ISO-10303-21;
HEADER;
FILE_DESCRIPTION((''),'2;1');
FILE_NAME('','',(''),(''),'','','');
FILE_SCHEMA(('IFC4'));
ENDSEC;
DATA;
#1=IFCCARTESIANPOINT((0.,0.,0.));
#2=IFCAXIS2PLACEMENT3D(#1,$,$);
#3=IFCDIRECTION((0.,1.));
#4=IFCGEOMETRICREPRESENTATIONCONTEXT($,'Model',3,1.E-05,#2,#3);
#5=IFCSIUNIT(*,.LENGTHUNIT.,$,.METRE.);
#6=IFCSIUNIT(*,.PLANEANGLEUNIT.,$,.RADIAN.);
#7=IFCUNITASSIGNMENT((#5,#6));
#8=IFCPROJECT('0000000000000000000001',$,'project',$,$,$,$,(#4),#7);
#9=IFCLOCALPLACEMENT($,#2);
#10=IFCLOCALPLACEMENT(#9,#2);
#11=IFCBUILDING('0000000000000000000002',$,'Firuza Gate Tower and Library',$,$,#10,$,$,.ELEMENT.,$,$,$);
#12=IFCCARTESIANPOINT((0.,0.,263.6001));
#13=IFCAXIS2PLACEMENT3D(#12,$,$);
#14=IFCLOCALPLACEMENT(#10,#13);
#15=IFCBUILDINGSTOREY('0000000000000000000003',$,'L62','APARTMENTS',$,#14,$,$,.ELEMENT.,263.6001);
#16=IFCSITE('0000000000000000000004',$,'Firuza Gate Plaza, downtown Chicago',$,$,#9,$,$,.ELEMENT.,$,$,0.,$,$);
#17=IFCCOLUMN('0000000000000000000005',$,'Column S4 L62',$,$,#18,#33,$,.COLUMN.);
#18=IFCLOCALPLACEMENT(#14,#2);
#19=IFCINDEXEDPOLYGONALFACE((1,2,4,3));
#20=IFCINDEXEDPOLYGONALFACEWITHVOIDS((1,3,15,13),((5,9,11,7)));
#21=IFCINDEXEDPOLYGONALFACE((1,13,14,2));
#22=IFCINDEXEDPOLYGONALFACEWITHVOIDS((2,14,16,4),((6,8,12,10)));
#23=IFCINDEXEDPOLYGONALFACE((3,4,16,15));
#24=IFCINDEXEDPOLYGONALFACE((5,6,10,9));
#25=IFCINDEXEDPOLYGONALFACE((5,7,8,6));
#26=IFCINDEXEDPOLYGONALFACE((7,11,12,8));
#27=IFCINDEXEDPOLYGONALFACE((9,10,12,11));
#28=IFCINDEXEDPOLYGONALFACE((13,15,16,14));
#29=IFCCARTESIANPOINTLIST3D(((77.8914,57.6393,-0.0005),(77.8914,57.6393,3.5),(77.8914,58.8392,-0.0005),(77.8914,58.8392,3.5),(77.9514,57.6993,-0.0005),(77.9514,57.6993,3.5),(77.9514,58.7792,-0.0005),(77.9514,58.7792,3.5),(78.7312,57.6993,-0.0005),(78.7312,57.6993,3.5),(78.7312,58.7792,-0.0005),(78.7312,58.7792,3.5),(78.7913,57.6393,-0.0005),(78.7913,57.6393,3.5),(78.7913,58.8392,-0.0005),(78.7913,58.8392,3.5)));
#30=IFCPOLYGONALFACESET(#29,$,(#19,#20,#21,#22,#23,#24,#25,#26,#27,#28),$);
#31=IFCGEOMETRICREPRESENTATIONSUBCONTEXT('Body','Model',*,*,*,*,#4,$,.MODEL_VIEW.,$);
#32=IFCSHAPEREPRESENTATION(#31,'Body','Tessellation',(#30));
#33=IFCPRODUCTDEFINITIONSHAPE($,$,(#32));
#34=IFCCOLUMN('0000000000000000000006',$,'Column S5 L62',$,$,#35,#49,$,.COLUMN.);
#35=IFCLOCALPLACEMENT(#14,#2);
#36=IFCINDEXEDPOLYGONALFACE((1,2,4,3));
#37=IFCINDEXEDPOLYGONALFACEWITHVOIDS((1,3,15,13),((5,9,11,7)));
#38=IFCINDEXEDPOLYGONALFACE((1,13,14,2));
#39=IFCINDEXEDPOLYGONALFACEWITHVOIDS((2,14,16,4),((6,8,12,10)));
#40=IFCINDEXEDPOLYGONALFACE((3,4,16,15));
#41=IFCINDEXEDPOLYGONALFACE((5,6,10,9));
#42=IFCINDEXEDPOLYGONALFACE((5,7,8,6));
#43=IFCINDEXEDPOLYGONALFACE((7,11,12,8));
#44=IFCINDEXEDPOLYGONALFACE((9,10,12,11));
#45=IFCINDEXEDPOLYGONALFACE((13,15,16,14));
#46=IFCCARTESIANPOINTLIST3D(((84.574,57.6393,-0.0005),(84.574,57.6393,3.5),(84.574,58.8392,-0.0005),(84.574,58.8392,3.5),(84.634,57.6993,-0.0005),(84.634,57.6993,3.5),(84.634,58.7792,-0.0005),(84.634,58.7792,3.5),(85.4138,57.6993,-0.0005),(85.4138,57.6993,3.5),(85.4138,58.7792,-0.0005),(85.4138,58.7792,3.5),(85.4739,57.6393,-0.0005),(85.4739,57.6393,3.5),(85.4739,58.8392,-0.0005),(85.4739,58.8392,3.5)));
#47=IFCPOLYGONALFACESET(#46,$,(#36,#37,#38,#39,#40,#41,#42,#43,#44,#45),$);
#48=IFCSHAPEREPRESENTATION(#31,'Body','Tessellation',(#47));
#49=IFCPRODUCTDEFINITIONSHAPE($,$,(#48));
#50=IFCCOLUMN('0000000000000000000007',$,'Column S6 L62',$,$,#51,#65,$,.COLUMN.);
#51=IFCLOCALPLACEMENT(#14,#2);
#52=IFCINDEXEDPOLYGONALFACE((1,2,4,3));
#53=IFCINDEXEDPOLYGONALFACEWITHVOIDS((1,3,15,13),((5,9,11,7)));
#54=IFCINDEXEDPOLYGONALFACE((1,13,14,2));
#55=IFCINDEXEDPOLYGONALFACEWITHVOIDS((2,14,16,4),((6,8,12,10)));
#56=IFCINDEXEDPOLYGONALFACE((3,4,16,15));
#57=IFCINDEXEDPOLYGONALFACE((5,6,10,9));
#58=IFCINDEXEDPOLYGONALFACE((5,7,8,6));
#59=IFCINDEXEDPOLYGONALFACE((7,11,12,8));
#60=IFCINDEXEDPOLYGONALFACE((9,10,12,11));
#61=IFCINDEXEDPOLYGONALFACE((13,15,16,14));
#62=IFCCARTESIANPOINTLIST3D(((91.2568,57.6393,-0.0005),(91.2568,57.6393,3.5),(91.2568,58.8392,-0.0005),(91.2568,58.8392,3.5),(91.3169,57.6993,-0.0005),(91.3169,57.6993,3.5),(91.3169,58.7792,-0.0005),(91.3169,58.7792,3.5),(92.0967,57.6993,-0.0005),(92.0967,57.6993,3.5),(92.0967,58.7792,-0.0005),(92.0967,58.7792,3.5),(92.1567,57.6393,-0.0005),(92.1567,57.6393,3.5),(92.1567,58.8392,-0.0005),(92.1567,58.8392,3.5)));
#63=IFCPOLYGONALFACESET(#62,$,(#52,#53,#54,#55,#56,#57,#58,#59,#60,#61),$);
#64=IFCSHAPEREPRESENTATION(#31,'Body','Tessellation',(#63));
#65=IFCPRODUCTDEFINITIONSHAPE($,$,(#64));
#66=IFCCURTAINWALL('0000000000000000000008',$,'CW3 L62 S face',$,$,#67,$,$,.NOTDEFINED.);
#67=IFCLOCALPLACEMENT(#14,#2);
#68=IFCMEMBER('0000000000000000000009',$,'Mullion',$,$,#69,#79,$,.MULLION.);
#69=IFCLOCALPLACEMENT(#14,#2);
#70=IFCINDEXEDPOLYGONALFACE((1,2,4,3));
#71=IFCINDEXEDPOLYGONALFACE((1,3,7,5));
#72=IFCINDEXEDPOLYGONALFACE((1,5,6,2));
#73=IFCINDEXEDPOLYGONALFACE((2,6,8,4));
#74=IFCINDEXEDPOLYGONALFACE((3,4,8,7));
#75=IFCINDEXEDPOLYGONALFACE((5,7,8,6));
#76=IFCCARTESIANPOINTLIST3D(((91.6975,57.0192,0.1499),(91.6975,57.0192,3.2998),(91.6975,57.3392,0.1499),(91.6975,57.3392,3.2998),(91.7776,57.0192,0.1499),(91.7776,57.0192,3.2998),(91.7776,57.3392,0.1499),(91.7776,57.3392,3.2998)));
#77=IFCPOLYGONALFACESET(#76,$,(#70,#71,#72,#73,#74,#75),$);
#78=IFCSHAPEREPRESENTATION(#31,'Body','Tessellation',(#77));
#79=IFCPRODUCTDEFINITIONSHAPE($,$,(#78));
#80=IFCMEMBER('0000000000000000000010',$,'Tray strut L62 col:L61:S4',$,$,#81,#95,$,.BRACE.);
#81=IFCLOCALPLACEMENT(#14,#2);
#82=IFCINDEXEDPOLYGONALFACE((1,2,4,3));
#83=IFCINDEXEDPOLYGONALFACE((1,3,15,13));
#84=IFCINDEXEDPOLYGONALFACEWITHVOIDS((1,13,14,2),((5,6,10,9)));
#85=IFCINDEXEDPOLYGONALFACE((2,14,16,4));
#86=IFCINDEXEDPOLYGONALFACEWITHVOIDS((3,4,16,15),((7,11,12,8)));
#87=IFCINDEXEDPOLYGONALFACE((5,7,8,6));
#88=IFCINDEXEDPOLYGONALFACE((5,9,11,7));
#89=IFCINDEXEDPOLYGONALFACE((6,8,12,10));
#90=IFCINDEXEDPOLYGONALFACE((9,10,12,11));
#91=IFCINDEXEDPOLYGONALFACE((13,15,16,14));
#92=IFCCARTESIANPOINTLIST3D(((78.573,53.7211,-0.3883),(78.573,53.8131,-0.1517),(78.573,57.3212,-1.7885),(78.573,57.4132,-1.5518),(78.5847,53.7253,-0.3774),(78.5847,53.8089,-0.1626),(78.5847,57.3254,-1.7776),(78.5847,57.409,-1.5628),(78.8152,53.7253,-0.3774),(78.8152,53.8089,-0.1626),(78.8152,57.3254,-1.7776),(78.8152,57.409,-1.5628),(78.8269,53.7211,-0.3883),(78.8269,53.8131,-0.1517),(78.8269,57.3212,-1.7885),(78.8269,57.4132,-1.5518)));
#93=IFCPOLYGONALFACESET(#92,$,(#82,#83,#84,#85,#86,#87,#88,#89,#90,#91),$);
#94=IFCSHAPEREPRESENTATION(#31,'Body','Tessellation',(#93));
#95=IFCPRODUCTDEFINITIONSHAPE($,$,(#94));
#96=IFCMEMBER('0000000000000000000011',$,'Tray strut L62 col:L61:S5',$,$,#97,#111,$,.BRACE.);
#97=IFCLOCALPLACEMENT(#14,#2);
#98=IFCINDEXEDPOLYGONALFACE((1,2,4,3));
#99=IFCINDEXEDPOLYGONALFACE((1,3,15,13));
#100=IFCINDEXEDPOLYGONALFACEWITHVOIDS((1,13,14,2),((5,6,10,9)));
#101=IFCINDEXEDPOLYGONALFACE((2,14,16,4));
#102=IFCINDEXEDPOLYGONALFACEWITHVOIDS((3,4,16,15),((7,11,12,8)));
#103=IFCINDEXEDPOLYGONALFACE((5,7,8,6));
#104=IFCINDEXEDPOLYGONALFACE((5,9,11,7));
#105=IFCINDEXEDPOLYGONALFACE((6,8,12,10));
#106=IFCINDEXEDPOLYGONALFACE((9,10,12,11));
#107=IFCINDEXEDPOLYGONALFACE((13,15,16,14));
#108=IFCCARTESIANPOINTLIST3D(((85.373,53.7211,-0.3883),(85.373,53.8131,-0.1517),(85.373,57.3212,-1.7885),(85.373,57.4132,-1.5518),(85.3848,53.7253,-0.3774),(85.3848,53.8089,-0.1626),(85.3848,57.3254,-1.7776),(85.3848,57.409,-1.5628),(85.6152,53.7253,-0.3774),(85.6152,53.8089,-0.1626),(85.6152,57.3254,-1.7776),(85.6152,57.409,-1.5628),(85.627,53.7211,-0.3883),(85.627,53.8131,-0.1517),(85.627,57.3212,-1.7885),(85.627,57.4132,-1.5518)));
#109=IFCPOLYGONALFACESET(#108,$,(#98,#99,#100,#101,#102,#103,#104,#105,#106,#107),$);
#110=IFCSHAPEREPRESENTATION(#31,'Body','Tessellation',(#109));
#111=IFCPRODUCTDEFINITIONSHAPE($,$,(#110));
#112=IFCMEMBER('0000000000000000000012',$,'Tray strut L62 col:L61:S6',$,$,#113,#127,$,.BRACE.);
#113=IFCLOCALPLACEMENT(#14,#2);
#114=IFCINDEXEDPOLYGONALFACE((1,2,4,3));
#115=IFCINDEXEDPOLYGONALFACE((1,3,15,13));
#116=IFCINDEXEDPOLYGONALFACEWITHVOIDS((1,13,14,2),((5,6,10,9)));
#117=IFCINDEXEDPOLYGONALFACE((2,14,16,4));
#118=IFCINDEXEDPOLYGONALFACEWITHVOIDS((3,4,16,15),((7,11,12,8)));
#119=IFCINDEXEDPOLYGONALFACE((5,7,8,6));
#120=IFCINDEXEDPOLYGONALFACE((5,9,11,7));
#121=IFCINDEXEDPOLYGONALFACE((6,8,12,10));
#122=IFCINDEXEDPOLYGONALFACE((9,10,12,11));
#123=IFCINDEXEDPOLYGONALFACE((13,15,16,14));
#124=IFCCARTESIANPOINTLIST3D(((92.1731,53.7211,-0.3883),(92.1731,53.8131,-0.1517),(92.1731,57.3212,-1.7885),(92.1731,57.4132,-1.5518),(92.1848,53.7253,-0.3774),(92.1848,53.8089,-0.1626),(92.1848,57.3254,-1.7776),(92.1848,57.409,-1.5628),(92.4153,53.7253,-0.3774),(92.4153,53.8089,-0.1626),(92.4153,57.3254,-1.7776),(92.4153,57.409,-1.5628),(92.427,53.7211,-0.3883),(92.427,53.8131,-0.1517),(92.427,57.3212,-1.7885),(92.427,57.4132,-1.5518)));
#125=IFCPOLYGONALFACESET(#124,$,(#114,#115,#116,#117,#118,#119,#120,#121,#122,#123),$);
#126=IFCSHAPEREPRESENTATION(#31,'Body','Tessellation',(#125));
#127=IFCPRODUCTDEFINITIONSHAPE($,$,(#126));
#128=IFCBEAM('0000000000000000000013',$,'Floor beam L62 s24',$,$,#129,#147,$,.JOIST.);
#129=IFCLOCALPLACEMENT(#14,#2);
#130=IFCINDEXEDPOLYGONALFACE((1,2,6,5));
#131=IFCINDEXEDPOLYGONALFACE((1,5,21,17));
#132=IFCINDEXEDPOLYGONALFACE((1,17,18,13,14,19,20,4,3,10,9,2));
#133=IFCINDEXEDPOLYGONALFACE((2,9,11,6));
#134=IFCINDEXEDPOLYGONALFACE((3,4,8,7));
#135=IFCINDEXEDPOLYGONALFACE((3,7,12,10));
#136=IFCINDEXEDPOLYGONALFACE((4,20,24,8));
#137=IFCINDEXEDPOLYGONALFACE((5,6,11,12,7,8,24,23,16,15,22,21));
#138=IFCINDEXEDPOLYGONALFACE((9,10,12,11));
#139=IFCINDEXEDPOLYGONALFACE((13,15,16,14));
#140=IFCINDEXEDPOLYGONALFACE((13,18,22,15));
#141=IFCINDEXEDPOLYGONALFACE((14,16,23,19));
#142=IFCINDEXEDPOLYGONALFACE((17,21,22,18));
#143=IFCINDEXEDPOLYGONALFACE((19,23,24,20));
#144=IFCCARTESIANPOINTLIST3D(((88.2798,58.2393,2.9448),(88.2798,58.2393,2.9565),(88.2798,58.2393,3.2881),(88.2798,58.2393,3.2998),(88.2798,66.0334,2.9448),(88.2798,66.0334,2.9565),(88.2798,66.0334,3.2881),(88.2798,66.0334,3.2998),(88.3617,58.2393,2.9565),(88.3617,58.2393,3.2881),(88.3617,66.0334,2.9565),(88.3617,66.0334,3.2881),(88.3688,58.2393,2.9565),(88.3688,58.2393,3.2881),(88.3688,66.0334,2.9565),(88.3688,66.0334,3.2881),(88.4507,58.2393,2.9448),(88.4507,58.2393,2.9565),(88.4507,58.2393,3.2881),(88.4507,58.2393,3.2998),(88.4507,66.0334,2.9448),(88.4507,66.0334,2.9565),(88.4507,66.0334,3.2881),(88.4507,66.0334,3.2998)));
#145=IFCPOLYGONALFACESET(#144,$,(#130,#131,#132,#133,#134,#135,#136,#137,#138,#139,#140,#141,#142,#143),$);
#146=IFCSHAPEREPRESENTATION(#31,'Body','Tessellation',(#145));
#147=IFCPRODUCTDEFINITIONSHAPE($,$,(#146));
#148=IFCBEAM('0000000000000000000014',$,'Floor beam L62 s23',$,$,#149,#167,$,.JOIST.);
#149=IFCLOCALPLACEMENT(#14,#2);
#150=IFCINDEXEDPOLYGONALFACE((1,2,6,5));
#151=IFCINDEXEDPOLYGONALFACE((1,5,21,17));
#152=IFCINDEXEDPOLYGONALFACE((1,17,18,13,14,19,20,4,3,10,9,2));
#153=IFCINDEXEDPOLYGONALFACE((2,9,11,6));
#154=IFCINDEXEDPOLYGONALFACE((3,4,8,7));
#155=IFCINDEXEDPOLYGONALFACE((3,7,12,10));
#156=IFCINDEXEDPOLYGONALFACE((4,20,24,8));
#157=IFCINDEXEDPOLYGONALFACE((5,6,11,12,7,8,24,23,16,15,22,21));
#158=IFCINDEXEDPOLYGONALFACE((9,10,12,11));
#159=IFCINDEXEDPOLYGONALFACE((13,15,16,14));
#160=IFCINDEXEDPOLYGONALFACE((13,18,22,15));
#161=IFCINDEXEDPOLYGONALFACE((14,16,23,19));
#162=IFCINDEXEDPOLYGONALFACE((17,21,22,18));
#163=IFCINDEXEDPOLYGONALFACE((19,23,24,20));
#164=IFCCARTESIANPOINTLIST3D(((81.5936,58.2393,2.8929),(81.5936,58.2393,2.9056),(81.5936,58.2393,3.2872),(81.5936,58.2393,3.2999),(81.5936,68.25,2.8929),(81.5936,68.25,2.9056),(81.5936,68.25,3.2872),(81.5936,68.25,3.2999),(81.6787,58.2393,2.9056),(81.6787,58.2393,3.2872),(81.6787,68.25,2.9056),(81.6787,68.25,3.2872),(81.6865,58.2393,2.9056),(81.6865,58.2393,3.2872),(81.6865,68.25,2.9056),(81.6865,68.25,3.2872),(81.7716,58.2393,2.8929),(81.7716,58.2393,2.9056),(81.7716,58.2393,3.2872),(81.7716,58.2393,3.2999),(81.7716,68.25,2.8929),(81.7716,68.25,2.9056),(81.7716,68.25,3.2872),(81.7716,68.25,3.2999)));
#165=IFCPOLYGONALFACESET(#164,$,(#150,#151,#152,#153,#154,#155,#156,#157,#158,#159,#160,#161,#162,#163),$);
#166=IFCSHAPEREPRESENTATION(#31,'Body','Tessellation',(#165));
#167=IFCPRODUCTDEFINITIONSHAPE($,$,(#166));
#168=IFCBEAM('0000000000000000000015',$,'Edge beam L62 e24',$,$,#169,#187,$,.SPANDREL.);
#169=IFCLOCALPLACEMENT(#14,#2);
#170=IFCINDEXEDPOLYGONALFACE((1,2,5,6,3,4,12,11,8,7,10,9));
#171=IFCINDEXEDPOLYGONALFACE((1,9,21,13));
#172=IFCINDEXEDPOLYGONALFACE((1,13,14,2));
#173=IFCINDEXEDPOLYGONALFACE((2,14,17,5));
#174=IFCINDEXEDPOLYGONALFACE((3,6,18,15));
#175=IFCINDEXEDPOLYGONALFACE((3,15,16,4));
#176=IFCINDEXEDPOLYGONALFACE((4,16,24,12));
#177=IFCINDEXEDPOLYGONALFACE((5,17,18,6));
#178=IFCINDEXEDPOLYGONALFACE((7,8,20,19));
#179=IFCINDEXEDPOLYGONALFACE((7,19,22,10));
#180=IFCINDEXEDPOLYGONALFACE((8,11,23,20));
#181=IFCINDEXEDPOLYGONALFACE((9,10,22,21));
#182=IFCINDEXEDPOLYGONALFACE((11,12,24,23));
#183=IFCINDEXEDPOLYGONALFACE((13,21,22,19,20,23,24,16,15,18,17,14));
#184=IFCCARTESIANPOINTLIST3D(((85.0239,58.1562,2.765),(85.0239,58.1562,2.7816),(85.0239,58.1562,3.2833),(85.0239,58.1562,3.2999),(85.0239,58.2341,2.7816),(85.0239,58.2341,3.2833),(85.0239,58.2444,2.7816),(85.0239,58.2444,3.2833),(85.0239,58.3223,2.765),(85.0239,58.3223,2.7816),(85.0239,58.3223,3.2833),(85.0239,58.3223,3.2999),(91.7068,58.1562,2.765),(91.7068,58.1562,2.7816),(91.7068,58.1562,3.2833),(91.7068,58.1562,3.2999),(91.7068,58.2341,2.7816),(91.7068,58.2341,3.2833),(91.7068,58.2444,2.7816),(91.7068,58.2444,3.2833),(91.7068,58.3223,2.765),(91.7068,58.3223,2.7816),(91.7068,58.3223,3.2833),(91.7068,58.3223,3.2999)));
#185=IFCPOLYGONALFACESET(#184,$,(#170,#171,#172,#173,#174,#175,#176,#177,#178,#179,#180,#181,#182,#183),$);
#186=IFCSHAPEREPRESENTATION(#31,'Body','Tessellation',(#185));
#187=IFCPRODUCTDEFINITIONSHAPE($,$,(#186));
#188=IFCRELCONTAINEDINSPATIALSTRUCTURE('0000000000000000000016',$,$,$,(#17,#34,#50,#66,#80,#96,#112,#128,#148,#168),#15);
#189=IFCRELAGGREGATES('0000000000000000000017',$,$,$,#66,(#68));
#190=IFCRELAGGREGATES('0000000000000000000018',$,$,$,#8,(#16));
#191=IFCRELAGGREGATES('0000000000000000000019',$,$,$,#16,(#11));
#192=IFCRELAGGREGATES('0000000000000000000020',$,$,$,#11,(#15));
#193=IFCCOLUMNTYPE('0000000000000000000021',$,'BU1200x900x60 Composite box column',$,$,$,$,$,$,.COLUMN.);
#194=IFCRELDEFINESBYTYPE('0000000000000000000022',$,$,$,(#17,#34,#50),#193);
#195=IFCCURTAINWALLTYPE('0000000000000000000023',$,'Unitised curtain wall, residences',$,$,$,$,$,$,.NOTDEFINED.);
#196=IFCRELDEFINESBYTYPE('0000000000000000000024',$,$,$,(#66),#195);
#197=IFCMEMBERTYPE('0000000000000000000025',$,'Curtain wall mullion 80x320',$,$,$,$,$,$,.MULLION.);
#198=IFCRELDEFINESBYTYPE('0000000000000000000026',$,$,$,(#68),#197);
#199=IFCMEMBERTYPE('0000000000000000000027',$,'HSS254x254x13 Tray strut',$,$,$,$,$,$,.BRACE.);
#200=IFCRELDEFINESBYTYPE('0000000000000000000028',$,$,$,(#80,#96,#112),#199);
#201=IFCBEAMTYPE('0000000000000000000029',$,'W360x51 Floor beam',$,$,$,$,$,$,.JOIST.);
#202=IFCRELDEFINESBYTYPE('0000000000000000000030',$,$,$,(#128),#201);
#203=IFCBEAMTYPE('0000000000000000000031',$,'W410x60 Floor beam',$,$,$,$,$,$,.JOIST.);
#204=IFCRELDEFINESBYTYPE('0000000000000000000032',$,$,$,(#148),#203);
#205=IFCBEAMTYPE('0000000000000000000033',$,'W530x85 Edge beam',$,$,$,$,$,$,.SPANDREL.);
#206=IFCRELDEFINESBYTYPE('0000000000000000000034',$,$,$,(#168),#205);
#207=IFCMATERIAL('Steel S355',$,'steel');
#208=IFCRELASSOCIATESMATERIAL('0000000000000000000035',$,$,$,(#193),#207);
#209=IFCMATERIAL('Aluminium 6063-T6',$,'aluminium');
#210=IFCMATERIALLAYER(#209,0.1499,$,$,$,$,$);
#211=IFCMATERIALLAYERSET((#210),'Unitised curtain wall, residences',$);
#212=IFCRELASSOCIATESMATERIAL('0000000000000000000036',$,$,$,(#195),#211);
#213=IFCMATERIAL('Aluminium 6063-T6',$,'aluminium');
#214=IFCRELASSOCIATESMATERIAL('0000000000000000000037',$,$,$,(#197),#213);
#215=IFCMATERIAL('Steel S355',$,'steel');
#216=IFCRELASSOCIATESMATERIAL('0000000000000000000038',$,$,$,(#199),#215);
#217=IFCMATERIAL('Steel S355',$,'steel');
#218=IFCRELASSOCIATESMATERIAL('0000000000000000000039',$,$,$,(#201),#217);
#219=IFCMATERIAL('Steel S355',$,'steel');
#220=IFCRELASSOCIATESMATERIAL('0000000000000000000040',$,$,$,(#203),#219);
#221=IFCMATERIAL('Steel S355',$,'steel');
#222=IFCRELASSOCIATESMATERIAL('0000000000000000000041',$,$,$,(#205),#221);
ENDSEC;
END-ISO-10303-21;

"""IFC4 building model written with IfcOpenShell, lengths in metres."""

from ifc_helpers import new_model, si_unit, direction, frame, origin, origin_2d, place, context, subcontext, project, spatial, rectangle, hollow_rectangle, i_section, extrude, material, layer, layer_set, material_profile, profile_set, type_object, element, aggregate, save


model = new_model("IFC4")

# Units and contexts
model_context = context("Model", 3, precision=1e-05, world=origin(), true_north=direction((0.0, 1.0)))
body_context = subcontext(model_context, "Body", "Model", "MODEL_VIEW")
ifc_project = project(units=[si_unit("LENGTHUNIT", "METRE"), si_unit("PLANEANGLEUNIT", "RADIAN")], contexts=[model_context])

# Site, building, storey
site_placement = place(None, origin())
site = spatial("IfcSite", under=ifc_project, at=site_placement, Name="Firuza Gate Plaza, downtown Chicago", CompositionType="ELEMENT", RefElevation=0.0)
building_placement = place(site_placement, origin())
building = spatial("IfcBuilding", under=site, at=building_placement, Name="Firuza Gate Tower and Library", CompositionType="ELEMENT")
storey_placement = place(building_placement, frame((0.0, 0.0, 263.6001)))
storey = spatial("IfcBuildingStorey", under=building, at=storey_placement, Name="L62", Description="APARTMENTS", CompositionType="ELEMENT", Elevation=263.6001)

# Columns
ifc_material_1 = material(Name="Steel S355", Category="steel")
ifc_material_profile_1 = material_profile(ifc_material_1, hollow_rectangle(XDim=0.8999, YDim=1.2, WallThickness=0.0601, at=origin_2d()))
ifc_profile_set_1 = profile_set([ifc_material_profile_1], Name="Steel S355")
column_type = type_object("IfcColumnType", Name="BU1200x900x60 Composite box column", PredefinedType="COLUMN", material=ifc_profile_set_1)
for number, where, z_axis, x_axis, name in (
    (1, (78.3413, 58.2393, -0.0005), (0.0, 0.0, 1.0), (1.0, 0.0, 0.0), "Column S4 L62"),
    (2, (85.0239, 58.2393, -0.0005), (0.0, 0.0, 1.0), (1.0, 0.0, 0.0), "Column S5 L62"),
    (3, (91.7068, 58.2393, -0.0005), (0.0, 0.0, 1.0), (1.0, 0.0, 0.0), "Column S6 L62"),
):
    element("IfcColumn", number, at=place(storey_placement, frame(where, z_axis=z_axis, x_axis=x_axis)), inside=storey, type_object=column_type, Name=name, PredefinedType="COLUMN", context=body_context, shape_type="SweptSolid", body=[
        extrude(hollow_rectangle(XDim=0.8999, YDim=1.2, WallThickness=0.0601, at=origin_2d()), origin(), (0.0, 0.0, 1.0), 3.5005),
    ])

# Curtain wall, member
ifc_material_2 = material(Name="Aluminium 6063-T6", Category="aluminium")
ifc_layer_1 = layer(ifc_material_2, 0.1499)
ifc_layer_set_1 = layer_set([ifc_layer_1], Name="Unitised curtain wall, residences")
curtain_wall_type = type_object("IfcCurtainWallType", Name="Unitised curtain wall, residences", PredefinedType="NOTDEFINED", material=ifc_layer_set_1)
curtain_wall_placement = place(storey_placement, origin())
curtain_wall = element("IfcCurtainWall", 4, at=curtain_wall_placement, inside=storey, type_object=curtain_wall_type, Name="CW3 L62 S face", PredefinedType="NOTDEFINED")
ifc_material_3 = material(Name="Aluminium 6063-T6", Category="aluminium")
ifc_material_profile_2 = material_profile(ifc_material_3, rectangle(XDim=0.3201, YDim=0.0801, at=origin_2d()))
ifc_profile_set_2 = profile_set([ifc_material_profile_2], Name="Aluminium 6063-T6")
member_type_1 = type_object("IfcMemberType", Name="Curtain wall mullion 80x320", PredefinedType="MULLION", material=ifc_profile_set_2)
member_placement = place(storey_placement, frame((91.7375, 57.1792, 0.1499), z_axis=(0.0, 0.0, 1.0), x_axis=(0.0, 1.0, 0.0)))
member = element("IfcMember", 5, at=member_placement, type_object=member_type_1, Name="Mullion", PredefinedType="MULLION", context=body_context, shape_type="SweptSolid", body=[
    extrude(rectangle(XDim=0.3201, YDim=0.0801, at=origin_2d()), origin(), (0.0, 0.0, 1.0), 3.1499),
])
aggregate(curtain_wall, [member])

# Members
ifc_material_4 = material(Name="Steel S355", Category="steel")
ifc_material_profile_3 = material_profile(ifc_material_4, hollow_rectangle(XDim=0.2539, YDim=0.2539, WallThickness=0.0117, at=origin_2d()))
ifc_profile_set_3 = profile_set([ifc_material_profile_3], Name="Steel S355")
member_type_2 = type_object("IfcMemberType", Name="HSS254x254x13 Tray strut", PredefinedType="BRACE", material=ifc_profile_set_3)
for number, where, z_axis, x_axis, name in (
    (6, (78.7, 57.3672, -1.6702), (0.0, -0.931995, 0.362471), (1.0, 0.0, 0.0), "Tray strut L62 col:L61:S4"),
    (7, (85.5, 57.3672, -1.6702), (0.0, -0.931995, 0.362471), (1.0, 0.0, 0.0), "Tray strut L62 col:L61:S5"),
    (8, (92.3, 57.3672, -1.6702), (0.0, -0.931995, 0.362471), (1.0, 0.0, 0.0), "Tray strut L62 col:L61:S6"),
):
    element("IfcMember", number, at=place(storey_placement, frame(where, z_axis=z_axis, x_axis=x_axis)), inside=storey, type_object=member_type_2, Name=name, PredefinedType="BRACE", context=body_context, shape_type="SweptSolid", body=[
        extrude(hollow_rectangle(XDim=0.2539, YDim=0.2539, WallThickness=0.0117, at=origin_2d()), origin(), (0.0, 0.0, 1.0), 3.8628),
    ])

# Beams
ifc_material_5 = material(Name="Steel S355", Category="steel")
ifc_material_profile_4 = material_profile(ifc_material_5, i_section(OverallWidth=0.1709, OverallDepth=0.355, WebThickness=0.0071, FlangeThickness=0.0117, at=origin_2d()))
ifc_profile_set_4 = profile_set([ifc_material_profile_4], Name="Steel S355")
beam_type_1 = type_object("IfcBeamType", Name="W360x51 Floor beam", PredefinedType="JOIST", material=ifc_profile_set_4)
beam_1_placement = place(storey_placement, frame((88.3652, 58.2393, 3.1223), z_axis=(0.0, 1.0, 0.0), x_axis=(-1.0, 0.0, 0.0)))
element("IfcBeam", 9, at=beam_1_placement, inside=storey, type_object=beam_type_1, Name="Floor beam L62 s24", PredefinedType="JOIST", context=body_context, shape_type="SweptSolid", body=[
    extrude(i_section(OverallWidth=0.1709, OverallDepth=0.355, WebThickness=0.0071, FlangeThickness=0.0117, at=origin_2d()), origin(), (0.0, 0.0, 1.0), 7.7942),
])
ifc_material_6 = material(Name="Steel S355", Category="steel")
ifc_material_profile_5 = material_profile(ifc_material_6, i_section(OverallWidth=0.178, OverallDepth=0.407, WebThickness=0.0078, FlangeThickness=0.0127, at=origin_2d()))
ifc_profile_set_5 = profile_set([ifc_material_profile_5], Name="Steel S355")
beam_type_2 = type_object("IfcBeamType", Name="W410x60 Floor beam", PredefinedType="JOIST", material=ifc_profile_set_5)
beam_2_placement = place(storey_placement, frame((81.6826, 58.2393, 3.0964), z_axis=(0.0, 1.0, 0.0), x_axis=(-1.0, 0.0, 0.0)))
element("IfcBeam", 10, at=beam_2_placement, inside=storey, type_object=beam_type_2, Name="Floor beam L62 s23", PredefinedType="JOIST", context=body_context, shape_type="SweptSolid", body=[
    extrude(i_section(OverallWidth=0.178, OverallDepth=0.407, WebThickness=0.0078, FlangeThickness=0.0127, at=origin_2d()), origin(), (0.0, 0.0, 1.0), 10.0107),
])
ifc_material_7 = material(Name="Steel S355", Category="steel")
ifc_material_profile_6 = material_profile(ifc_material_7, i_section(OverallWidth=0.166, OverallDepth=0.5349, WebThickness=0.0103, FlangeThickness=0.0166, at=origin_2d()))
ifc_profile_set_6 = profile_set([ifc_material_profile_6], Name="Steel S355")
beam_type_3 = type_object("IfcBeamType", Name="W530x85 Edge beam", PredefinedType="SPANDREL", material=ifc_profile_set_6)
beam_3_placement = place(storey_placement, frame((85.0239, 58.2393, 3.0325), z_axis=(1.0, 0.0, 0.0), x_axis=(0.0, 1.0, 0.0)))
element("IfcBeam", 11, at=beam_3_placement, inside=storey, type_object=beam_type_3, Name="Edge beam L62 e24", PredefinedType="SPANDREL", context=body_context, shape_type="SweptSolid", body=[
    extrude(i_section(OverallWidth=0.166, OverallDepth=0.5349, WebThickness=0.0103, FlangeThickness=0.0166, at=origin_2d()), origin(), (0.0, 0.0, 1.0), 6.6829),
])

save(model, "model.ifc")
